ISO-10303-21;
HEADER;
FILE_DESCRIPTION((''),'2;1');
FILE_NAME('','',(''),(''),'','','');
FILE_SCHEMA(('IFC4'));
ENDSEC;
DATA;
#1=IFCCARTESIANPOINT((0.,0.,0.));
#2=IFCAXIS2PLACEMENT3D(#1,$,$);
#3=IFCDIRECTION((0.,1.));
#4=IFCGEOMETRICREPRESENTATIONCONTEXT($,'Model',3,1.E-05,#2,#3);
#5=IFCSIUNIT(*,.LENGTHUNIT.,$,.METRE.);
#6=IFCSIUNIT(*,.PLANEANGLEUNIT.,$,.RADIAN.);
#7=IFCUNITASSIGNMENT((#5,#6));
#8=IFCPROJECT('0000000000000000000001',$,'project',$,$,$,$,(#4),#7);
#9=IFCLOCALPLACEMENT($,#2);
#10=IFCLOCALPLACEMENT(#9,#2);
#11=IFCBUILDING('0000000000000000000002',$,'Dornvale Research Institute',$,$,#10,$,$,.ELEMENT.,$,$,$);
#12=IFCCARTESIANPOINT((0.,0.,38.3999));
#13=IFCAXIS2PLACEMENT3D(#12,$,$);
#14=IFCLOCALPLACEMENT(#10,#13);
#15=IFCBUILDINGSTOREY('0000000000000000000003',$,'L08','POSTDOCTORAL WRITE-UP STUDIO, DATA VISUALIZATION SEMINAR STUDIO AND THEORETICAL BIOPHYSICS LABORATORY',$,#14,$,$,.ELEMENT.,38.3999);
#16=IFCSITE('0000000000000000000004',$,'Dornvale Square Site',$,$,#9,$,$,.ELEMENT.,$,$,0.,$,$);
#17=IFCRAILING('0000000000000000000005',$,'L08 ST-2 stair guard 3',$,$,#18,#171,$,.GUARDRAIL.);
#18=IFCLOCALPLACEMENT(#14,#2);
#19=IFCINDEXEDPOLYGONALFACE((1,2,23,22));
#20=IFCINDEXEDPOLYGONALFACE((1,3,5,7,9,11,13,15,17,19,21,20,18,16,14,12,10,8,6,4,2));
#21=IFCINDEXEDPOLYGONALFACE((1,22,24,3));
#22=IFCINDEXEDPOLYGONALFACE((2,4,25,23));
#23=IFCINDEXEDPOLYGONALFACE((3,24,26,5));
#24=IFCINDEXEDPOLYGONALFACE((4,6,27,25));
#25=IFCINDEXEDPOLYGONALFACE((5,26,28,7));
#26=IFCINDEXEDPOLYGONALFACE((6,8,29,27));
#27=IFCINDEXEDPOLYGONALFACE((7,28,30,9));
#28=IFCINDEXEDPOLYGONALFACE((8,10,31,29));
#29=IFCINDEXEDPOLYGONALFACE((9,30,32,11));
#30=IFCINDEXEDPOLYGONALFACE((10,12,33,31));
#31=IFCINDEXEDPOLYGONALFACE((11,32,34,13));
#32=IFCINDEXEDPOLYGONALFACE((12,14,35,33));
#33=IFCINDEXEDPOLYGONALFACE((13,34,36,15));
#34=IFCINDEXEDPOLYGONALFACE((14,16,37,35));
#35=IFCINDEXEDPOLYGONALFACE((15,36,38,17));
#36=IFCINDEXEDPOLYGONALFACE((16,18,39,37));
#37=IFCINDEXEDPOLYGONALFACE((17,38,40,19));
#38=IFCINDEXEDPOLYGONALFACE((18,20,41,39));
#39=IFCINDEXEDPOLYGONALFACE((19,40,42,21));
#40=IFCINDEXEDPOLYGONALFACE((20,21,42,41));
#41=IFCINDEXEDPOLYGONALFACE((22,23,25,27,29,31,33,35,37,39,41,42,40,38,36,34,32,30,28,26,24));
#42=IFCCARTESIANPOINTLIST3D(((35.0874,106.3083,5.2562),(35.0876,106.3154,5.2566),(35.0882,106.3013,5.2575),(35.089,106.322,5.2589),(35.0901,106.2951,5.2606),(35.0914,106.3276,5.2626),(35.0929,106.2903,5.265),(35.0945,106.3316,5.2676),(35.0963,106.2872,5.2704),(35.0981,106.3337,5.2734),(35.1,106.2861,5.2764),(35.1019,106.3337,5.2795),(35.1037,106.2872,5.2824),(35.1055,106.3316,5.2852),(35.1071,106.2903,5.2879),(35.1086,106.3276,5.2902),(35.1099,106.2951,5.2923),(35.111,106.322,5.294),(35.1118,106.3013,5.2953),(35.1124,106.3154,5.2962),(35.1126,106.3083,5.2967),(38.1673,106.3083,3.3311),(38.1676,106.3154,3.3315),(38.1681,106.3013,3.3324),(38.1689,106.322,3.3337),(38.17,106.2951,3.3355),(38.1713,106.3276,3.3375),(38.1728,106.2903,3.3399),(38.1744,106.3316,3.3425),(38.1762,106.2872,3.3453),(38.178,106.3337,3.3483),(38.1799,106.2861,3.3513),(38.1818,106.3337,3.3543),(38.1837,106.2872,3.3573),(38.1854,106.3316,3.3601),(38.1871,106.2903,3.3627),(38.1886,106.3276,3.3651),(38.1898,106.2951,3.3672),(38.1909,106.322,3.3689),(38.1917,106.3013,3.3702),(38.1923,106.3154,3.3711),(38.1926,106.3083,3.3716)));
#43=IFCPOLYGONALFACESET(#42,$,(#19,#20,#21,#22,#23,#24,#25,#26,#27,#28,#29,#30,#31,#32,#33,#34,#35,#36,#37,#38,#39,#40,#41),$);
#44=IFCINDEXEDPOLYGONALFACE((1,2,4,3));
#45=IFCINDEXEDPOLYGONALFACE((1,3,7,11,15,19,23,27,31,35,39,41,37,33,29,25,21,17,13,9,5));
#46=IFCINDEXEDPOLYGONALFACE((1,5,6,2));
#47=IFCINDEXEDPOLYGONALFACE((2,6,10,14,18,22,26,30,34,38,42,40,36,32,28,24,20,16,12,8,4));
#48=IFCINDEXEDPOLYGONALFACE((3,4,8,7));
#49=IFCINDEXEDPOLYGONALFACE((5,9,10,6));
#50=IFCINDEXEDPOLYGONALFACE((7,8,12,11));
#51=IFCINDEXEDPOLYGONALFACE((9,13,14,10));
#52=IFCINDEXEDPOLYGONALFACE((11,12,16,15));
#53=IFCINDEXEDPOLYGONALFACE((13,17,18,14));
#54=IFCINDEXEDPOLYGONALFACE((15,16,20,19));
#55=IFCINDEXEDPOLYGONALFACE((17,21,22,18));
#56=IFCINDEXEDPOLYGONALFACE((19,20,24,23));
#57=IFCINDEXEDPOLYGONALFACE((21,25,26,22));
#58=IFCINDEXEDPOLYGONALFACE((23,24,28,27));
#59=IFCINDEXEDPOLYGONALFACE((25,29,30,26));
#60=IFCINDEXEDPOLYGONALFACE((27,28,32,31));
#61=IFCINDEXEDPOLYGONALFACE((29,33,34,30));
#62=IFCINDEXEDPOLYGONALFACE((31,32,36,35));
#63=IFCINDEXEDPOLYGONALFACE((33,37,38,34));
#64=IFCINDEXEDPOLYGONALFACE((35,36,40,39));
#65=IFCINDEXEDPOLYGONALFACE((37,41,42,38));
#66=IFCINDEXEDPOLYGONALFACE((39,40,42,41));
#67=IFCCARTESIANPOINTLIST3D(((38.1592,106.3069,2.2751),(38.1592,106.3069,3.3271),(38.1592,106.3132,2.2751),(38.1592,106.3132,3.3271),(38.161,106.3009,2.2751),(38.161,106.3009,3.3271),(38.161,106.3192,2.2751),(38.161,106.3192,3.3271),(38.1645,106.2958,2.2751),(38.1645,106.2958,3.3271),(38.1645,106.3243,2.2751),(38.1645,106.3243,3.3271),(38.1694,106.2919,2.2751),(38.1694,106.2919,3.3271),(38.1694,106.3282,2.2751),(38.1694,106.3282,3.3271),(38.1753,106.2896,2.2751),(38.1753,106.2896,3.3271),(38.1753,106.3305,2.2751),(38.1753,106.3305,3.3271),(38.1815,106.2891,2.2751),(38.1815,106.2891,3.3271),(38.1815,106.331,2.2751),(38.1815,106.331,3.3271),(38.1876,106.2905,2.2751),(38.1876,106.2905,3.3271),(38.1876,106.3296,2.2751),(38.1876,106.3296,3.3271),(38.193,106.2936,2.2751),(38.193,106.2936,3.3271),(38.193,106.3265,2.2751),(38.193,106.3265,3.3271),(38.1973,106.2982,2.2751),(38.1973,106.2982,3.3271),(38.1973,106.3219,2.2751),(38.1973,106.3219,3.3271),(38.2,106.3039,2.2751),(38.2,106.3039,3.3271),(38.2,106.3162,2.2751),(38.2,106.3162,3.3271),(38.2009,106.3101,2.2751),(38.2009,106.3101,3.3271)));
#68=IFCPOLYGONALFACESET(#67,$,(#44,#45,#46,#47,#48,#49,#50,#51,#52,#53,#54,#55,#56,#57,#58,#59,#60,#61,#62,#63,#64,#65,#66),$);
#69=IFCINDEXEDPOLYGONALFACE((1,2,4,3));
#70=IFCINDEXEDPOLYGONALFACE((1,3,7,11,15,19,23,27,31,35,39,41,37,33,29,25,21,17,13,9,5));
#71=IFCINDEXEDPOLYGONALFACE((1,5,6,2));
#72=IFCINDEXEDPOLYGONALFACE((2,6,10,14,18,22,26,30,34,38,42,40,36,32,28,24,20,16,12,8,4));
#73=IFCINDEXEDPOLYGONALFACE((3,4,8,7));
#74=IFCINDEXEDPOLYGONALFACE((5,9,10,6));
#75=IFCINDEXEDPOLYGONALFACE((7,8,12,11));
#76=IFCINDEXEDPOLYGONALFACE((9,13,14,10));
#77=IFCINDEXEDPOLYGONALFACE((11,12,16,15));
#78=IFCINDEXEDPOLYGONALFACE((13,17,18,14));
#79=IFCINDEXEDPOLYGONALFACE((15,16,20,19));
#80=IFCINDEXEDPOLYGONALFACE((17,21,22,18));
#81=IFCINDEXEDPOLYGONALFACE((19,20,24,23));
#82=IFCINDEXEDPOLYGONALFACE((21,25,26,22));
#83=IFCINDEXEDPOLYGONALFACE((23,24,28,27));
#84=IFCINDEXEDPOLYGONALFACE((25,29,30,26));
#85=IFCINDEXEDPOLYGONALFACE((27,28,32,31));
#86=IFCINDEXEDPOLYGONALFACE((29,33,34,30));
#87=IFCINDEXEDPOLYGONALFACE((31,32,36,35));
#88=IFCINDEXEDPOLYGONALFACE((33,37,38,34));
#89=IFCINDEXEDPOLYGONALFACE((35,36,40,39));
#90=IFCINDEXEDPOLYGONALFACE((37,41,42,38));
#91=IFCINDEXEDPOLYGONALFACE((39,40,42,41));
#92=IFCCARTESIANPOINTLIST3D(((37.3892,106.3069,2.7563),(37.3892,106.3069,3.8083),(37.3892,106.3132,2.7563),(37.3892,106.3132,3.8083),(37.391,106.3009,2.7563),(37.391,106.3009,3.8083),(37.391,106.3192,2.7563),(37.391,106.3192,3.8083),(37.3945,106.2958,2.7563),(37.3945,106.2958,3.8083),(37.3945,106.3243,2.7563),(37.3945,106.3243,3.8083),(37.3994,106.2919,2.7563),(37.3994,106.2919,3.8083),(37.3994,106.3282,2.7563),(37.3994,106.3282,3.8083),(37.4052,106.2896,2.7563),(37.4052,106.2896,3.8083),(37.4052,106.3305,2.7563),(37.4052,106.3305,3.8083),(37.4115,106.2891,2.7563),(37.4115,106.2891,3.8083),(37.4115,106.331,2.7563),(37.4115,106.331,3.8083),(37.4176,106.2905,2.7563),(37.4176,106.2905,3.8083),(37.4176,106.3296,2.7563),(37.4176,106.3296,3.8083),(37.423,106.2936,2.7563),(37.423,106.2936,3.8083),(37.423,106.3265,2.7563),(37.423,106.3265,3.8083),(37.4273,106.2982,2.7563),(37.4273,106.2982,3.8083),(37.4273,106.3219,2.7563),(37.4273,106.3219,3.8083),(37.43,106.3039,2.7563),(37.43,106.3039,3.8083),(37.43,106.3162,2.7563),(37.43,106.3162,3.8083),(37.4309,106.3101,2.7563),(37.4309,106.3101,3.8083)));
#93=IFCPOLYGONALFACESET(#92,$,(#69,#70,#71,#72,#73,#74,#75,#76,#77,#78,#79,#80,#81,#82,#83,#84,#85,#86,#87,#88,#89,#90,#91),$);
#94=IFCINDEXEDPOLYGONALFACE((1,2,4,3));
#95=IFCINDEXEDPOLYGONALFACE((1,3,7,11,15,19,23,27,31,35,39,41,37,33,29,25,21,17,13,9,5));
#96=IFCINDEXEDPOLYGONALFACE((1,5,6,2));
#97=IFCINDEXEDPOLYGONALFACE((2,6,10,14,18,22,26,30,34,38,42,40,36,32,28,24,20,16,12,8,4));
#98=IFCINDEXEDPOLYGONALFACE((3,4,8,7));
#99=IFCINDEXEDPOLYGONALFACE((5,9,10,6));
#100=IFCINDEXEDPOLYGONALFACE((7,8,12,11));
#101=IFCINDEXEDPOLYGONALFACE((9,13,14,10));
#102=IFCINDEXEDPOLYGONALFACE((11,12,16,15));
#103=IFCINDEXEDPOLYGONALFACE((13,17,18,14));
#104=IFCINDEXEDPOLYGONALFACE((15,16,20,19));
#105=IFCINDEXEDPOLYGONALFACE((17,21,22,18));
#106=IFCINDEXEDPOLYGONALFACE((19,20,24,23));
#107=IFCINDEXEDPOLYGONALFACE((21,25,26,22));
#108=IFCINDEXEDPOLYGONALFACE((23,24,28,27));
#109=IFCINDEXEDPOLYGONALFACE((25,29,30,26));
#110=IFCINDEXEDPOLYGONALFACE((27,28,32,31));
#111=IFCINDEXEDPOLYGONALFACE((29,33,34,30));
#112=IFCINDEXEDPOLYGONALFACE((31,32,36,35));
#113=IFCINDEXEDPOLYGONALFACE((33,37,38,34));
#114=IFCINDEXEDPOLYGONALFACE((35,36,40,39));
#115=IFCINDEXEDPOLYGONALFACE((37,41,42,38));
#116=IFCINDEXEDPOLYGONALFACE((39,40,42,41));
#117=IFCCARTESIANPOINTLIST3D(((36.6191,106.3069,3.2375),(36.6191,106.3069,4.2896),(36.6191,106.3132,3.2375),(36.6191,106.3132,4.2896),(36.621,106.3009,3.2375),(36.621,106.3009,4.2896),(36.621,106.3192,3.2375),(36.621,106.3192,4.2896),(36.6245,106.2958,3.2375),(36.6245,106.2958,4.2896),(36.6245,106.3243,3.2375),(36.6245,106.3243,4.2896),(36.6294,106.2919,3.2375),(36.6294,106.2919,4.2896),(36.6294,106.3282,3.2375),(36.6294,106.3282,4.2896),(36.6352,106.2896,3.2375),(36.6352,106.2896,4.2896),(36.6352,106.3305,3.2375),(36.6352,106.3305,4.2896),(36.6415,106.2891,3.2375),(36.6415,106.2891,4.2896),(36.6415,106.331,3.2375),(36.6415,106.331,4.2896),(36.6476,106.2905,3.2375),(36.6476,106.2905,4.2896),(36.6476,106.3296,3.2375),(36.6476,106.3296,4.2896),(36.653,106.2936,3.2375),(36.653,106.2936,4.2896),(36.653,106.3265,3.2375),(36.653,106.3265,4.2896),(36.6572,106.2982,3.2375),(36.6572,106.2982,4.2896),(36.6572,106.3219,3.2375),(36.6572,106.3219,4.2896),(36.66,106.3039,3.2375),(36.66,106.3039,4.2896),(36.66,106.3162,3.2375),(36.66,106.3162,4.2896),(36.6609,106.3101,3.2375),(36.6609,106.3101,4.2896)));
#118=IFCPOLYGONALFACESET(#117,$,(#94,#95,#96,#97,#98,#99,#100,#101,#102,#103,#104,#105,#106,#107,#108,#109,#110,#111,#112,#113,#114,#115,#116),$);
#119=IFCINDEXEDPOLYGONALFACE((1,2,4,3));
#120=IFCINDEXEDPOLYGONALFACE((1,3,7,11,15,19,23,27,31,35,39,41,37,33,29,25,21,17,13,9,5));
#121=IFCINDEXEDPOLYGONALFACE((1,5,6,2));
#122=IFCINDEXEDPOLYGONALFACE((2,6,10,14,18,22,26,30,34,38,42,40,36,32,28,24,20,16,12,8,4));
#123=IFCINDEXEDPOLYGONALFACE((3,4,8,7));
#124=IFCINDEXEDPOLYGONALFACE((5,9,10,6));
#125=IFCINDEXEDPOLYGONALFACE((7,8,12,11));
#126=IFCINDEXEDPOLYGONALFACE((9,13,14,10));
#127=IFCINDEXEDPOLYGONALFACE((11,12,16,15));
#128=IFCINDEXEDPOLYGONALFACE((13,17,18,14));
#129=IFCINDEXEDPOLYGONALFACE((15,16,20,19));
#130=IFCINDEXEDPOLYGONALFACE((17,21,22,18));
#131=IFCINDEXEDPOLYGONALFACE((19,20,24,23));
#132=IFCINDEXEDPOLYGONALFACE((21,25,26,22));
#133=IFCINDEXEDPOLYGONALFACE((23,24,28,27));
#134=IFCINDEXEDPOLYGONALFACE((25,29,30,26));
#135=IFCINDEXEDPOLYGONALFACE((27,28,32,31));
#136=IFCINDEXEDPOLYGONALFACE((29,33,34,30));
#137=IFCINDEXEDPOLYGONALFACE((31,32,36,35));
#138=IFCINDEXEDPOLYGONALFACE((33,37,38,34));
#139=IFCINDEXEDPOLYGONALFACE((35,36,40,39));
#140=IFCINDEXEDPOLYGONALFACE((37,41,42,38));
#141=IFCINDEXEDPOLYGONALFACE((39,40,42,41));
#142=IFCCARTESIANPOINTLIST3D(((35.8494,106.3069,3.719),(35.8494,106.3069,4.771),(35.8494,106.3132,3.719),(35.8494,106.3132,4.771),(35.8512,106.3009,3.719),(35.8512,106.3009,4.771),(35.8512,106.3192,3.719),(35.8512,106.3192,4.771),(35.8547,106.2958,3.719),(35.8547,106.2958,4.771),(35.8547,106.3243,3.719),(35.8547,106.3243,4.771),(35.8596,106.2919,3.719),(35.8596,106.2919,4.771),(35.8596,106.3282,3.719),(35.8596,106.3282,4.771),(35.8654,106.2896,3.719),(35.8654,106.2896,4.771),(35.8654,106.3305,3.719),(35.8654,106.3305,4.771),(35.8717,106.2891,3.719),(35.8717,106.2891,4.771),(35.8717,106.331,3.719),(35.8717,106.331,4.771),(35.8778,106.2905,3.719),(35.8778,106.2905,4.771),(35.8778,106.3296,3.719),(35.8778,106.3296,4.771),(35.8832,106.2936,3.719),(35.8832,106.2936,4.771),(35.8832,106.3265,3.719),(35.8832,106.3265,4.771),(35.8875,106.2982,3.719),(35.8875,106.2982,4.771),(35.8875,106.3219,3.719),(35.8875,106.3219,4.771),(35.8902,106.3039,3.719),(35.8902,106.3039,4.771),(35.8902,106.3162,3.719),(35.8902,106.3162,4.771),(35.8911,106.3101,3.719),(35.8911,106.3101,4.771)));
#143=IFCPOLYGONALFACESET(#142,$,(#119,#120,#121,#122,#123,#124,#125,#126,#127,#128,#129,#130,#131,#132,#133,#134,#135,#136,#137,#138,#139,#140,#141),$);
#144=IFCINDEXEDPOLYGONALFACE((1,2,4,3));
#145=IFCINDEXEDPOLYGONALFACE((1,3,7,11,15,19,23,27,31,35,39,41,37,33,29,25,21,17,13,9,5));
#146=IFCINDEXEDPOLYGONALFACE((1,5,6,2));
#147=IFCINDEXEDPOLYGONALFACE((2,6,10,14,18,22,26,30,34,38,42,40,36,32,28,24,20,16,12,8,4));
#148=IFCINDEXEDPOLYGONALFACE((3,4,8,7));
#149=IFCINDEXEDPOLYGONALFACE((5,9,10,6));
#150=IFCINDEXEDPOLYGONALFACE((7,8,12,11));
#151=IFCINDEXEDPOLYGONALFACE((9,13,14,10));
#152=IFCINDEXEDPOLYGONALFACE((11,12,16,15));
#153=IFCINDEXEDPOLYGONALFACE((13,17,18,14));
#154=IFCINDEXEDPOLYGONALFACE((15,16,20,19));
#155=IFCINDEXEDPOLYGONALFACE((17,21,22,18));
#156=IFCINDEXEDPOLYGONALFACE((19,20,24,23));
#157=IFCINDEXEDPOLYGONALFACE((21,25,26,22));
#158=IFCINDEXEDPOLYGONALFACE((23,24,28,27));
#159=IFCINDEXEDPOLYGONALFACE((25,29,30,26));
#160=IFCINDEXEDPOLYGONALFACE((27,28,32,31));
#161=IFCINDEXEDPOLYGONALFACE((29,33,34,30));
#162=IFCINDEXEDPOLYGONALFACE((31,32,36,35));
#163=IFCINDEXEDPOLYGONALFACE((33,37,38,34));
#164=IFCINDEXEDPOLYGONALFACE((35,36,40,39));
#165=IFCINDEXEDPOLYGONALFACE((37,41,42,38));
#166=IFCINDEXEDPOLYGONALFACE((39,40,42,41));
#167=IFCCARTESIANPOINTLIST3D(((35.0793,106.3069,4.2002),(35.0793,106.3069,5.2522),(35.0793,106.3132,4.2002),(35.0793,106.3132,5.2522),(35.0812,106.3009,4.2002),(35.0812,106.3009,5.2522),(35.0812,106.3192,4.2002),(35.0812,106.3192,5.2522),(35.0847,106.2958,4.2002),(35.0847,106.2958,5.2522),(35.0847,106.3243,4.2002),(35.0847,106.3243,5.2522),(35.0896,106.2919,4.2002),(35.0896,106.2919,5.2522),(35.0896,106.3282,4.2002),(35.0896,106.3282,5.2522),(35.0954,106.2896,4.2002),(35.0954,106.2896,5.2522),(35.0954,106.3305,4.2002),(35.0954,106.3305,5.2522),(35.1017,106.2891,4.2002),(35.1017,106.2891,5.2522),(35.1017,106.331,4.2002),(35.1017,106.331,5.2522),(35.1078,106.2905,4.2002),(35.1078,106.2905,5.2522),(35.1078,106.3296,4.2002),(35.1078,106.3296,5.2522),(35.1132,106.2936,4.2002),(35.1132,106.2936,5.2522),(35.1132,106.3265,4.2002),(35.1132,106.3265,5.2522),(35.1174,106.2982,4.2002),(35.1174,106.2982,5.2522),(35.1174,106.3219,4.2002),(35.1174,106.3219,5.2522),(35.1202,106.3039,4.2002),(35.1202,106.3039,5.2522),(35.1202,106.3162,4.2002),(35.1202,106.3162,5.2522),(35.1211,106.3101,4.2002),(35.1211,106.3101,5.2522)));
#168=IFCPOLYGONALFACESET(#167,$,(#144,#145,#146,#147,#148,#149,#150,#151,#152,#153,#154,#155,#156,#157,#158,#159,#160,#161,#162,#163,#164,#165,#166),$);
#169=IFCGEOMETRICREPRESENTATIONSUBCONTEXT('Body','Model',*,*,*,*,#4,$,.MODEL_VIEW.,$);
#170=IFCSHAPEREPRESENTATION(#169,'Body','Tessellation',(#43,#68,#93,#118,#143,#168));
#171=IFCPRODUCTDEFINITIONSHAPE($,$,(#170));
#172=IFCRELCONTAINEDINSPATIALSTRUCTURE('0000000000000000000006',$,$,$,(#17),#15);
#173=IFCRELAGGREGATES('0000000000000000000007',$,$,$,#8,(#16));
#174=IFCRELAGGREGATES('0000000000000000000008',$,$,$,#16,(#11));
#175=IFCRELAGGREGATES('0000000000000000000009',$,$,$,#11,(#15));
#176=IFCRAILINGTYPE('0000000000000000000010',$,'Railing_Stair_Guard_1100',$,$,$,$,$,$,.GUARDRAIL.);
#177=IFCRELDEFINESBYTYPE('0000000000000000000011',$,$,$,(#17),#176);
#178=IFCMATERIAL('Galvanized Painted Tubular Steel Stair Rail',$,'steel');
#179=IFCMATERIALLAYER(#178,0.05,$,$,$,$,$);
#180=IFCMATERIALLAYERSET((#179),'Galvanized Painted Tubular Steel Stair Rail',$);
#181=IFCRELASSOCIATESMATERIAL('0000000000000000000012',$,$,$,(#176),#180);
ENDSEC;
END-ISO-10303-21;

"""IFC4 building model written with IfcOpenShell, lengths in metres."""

from ifc_helpers import new_model, si_unit, direction, frame, origin, origin_2d, place, context, subcontext, project, spatial, circle, extrude, material, layer, layer_set, type_object, element, save


model = new_model("IFC4")

# Units and contexts
model_context = context("Model", 3, precision=1e-05, world=origin(), true_north=direction((0.0, 1.0)))
body_context = subcontext(model_context, "Body", "Model", "MODEL_VIEW")
ifc_project = project(units=[si_unit("LENGTHUNIT", "METRE"), si_unit("PLANEANGLEUNIT", "RADIAN")], contexts=[model_context])

# Site, building, storey
site_placement = place(None, origin())
site = spatial("IfcSite", under=ifc_project, at=site_placement, Name="Dornvale Square Site", CompositionType="ELEMENT", RefElevation=0.0)
building_placement = place(site_placement, origin())
building = spatial("IfcBuilding", under=site, at=building_placement, Name="Dornvale Research Institute", CompositionType="ELEMENT")
storey_placement = place(building_placement, frame((0.0, 0.0, 38.3999)))
storey = spatial("IfcBuildingStorey", under=building, at=storey_placement, Name="L08", Description="POSTDOCTORAL WRITE-UP STUDIO, DATA VISUALIZATION SEMINAR STUDIO AND THEORETICAL BIOPHYSICS LABORATORY", CompositionType="ELEMENT", Elevation=38.3999)

# Railing
ifc_material_1 = material(Name="Galvanized Painted Tubular Steel Stair Rail", Category="steel")
ifc_layer_1 = layer(ifc_material_1, 0.05)
ifc_layer_set_1 = layer_set([ifc_layer_1], Name="Galvanized Painted Tubular Steel Stair Rail")
railing_type_1 = type_object("IfcRailingType", Name="Railing_Stair_Guard_1100", PredefinedType="GUARDRAIL", material=ifc_layer_set_1)
railing_1_placement = place(storey_placement, frame((38.1799, 106.3101, 2.2751)))
element("IfcRailing", 1, at=railing_1_placement, inside=storey, type_object=railing_type_1, Name="L08 ST-2 stair guard 3", PredefinedType="GUARDRAIL", context=body_context, shape_type="SweptSolid", body=[
    extrude(circle(Radius=0.0239, at=origin_2d()), frame((0.0, 0.0, 1.0762), z_axis=(-0.847979, 0.0, 0.530029), x_axis=(0.0, -1.0, 0.0)), (0.0, 0.0, 1.0), 3.6321),
    extrude(circle(Radius=0.021, at=origin_2d()), origin(), (0.0, 0.0, 1.0), 1.052),
    extrude(circle(Radius=0.021, at=origin_2d()), frame((-0.77, 0.0, 0.4812)), (0.0, 0.0, 1.0), 1.052),
    extrude(circle(Radius=0.021, at=origin_2d()), frame((-1.54, 0.0, 0.9624)), (0.0, 0.0, 1.0), 1.052),
    extrude(circle(Radius=0.021, at=origin_2d()), frame((-2.3098, 0.0, 1.4438)), (0.0, 0.0, 1.0), 1.052),
    extrude(circle(Radius=0.021, at=origin_2d()), frame((-3.0798, 0.0, 1.925)), (0.0, 0.0, 1.0), 1.052),
])

save(model, "model.ifc")
